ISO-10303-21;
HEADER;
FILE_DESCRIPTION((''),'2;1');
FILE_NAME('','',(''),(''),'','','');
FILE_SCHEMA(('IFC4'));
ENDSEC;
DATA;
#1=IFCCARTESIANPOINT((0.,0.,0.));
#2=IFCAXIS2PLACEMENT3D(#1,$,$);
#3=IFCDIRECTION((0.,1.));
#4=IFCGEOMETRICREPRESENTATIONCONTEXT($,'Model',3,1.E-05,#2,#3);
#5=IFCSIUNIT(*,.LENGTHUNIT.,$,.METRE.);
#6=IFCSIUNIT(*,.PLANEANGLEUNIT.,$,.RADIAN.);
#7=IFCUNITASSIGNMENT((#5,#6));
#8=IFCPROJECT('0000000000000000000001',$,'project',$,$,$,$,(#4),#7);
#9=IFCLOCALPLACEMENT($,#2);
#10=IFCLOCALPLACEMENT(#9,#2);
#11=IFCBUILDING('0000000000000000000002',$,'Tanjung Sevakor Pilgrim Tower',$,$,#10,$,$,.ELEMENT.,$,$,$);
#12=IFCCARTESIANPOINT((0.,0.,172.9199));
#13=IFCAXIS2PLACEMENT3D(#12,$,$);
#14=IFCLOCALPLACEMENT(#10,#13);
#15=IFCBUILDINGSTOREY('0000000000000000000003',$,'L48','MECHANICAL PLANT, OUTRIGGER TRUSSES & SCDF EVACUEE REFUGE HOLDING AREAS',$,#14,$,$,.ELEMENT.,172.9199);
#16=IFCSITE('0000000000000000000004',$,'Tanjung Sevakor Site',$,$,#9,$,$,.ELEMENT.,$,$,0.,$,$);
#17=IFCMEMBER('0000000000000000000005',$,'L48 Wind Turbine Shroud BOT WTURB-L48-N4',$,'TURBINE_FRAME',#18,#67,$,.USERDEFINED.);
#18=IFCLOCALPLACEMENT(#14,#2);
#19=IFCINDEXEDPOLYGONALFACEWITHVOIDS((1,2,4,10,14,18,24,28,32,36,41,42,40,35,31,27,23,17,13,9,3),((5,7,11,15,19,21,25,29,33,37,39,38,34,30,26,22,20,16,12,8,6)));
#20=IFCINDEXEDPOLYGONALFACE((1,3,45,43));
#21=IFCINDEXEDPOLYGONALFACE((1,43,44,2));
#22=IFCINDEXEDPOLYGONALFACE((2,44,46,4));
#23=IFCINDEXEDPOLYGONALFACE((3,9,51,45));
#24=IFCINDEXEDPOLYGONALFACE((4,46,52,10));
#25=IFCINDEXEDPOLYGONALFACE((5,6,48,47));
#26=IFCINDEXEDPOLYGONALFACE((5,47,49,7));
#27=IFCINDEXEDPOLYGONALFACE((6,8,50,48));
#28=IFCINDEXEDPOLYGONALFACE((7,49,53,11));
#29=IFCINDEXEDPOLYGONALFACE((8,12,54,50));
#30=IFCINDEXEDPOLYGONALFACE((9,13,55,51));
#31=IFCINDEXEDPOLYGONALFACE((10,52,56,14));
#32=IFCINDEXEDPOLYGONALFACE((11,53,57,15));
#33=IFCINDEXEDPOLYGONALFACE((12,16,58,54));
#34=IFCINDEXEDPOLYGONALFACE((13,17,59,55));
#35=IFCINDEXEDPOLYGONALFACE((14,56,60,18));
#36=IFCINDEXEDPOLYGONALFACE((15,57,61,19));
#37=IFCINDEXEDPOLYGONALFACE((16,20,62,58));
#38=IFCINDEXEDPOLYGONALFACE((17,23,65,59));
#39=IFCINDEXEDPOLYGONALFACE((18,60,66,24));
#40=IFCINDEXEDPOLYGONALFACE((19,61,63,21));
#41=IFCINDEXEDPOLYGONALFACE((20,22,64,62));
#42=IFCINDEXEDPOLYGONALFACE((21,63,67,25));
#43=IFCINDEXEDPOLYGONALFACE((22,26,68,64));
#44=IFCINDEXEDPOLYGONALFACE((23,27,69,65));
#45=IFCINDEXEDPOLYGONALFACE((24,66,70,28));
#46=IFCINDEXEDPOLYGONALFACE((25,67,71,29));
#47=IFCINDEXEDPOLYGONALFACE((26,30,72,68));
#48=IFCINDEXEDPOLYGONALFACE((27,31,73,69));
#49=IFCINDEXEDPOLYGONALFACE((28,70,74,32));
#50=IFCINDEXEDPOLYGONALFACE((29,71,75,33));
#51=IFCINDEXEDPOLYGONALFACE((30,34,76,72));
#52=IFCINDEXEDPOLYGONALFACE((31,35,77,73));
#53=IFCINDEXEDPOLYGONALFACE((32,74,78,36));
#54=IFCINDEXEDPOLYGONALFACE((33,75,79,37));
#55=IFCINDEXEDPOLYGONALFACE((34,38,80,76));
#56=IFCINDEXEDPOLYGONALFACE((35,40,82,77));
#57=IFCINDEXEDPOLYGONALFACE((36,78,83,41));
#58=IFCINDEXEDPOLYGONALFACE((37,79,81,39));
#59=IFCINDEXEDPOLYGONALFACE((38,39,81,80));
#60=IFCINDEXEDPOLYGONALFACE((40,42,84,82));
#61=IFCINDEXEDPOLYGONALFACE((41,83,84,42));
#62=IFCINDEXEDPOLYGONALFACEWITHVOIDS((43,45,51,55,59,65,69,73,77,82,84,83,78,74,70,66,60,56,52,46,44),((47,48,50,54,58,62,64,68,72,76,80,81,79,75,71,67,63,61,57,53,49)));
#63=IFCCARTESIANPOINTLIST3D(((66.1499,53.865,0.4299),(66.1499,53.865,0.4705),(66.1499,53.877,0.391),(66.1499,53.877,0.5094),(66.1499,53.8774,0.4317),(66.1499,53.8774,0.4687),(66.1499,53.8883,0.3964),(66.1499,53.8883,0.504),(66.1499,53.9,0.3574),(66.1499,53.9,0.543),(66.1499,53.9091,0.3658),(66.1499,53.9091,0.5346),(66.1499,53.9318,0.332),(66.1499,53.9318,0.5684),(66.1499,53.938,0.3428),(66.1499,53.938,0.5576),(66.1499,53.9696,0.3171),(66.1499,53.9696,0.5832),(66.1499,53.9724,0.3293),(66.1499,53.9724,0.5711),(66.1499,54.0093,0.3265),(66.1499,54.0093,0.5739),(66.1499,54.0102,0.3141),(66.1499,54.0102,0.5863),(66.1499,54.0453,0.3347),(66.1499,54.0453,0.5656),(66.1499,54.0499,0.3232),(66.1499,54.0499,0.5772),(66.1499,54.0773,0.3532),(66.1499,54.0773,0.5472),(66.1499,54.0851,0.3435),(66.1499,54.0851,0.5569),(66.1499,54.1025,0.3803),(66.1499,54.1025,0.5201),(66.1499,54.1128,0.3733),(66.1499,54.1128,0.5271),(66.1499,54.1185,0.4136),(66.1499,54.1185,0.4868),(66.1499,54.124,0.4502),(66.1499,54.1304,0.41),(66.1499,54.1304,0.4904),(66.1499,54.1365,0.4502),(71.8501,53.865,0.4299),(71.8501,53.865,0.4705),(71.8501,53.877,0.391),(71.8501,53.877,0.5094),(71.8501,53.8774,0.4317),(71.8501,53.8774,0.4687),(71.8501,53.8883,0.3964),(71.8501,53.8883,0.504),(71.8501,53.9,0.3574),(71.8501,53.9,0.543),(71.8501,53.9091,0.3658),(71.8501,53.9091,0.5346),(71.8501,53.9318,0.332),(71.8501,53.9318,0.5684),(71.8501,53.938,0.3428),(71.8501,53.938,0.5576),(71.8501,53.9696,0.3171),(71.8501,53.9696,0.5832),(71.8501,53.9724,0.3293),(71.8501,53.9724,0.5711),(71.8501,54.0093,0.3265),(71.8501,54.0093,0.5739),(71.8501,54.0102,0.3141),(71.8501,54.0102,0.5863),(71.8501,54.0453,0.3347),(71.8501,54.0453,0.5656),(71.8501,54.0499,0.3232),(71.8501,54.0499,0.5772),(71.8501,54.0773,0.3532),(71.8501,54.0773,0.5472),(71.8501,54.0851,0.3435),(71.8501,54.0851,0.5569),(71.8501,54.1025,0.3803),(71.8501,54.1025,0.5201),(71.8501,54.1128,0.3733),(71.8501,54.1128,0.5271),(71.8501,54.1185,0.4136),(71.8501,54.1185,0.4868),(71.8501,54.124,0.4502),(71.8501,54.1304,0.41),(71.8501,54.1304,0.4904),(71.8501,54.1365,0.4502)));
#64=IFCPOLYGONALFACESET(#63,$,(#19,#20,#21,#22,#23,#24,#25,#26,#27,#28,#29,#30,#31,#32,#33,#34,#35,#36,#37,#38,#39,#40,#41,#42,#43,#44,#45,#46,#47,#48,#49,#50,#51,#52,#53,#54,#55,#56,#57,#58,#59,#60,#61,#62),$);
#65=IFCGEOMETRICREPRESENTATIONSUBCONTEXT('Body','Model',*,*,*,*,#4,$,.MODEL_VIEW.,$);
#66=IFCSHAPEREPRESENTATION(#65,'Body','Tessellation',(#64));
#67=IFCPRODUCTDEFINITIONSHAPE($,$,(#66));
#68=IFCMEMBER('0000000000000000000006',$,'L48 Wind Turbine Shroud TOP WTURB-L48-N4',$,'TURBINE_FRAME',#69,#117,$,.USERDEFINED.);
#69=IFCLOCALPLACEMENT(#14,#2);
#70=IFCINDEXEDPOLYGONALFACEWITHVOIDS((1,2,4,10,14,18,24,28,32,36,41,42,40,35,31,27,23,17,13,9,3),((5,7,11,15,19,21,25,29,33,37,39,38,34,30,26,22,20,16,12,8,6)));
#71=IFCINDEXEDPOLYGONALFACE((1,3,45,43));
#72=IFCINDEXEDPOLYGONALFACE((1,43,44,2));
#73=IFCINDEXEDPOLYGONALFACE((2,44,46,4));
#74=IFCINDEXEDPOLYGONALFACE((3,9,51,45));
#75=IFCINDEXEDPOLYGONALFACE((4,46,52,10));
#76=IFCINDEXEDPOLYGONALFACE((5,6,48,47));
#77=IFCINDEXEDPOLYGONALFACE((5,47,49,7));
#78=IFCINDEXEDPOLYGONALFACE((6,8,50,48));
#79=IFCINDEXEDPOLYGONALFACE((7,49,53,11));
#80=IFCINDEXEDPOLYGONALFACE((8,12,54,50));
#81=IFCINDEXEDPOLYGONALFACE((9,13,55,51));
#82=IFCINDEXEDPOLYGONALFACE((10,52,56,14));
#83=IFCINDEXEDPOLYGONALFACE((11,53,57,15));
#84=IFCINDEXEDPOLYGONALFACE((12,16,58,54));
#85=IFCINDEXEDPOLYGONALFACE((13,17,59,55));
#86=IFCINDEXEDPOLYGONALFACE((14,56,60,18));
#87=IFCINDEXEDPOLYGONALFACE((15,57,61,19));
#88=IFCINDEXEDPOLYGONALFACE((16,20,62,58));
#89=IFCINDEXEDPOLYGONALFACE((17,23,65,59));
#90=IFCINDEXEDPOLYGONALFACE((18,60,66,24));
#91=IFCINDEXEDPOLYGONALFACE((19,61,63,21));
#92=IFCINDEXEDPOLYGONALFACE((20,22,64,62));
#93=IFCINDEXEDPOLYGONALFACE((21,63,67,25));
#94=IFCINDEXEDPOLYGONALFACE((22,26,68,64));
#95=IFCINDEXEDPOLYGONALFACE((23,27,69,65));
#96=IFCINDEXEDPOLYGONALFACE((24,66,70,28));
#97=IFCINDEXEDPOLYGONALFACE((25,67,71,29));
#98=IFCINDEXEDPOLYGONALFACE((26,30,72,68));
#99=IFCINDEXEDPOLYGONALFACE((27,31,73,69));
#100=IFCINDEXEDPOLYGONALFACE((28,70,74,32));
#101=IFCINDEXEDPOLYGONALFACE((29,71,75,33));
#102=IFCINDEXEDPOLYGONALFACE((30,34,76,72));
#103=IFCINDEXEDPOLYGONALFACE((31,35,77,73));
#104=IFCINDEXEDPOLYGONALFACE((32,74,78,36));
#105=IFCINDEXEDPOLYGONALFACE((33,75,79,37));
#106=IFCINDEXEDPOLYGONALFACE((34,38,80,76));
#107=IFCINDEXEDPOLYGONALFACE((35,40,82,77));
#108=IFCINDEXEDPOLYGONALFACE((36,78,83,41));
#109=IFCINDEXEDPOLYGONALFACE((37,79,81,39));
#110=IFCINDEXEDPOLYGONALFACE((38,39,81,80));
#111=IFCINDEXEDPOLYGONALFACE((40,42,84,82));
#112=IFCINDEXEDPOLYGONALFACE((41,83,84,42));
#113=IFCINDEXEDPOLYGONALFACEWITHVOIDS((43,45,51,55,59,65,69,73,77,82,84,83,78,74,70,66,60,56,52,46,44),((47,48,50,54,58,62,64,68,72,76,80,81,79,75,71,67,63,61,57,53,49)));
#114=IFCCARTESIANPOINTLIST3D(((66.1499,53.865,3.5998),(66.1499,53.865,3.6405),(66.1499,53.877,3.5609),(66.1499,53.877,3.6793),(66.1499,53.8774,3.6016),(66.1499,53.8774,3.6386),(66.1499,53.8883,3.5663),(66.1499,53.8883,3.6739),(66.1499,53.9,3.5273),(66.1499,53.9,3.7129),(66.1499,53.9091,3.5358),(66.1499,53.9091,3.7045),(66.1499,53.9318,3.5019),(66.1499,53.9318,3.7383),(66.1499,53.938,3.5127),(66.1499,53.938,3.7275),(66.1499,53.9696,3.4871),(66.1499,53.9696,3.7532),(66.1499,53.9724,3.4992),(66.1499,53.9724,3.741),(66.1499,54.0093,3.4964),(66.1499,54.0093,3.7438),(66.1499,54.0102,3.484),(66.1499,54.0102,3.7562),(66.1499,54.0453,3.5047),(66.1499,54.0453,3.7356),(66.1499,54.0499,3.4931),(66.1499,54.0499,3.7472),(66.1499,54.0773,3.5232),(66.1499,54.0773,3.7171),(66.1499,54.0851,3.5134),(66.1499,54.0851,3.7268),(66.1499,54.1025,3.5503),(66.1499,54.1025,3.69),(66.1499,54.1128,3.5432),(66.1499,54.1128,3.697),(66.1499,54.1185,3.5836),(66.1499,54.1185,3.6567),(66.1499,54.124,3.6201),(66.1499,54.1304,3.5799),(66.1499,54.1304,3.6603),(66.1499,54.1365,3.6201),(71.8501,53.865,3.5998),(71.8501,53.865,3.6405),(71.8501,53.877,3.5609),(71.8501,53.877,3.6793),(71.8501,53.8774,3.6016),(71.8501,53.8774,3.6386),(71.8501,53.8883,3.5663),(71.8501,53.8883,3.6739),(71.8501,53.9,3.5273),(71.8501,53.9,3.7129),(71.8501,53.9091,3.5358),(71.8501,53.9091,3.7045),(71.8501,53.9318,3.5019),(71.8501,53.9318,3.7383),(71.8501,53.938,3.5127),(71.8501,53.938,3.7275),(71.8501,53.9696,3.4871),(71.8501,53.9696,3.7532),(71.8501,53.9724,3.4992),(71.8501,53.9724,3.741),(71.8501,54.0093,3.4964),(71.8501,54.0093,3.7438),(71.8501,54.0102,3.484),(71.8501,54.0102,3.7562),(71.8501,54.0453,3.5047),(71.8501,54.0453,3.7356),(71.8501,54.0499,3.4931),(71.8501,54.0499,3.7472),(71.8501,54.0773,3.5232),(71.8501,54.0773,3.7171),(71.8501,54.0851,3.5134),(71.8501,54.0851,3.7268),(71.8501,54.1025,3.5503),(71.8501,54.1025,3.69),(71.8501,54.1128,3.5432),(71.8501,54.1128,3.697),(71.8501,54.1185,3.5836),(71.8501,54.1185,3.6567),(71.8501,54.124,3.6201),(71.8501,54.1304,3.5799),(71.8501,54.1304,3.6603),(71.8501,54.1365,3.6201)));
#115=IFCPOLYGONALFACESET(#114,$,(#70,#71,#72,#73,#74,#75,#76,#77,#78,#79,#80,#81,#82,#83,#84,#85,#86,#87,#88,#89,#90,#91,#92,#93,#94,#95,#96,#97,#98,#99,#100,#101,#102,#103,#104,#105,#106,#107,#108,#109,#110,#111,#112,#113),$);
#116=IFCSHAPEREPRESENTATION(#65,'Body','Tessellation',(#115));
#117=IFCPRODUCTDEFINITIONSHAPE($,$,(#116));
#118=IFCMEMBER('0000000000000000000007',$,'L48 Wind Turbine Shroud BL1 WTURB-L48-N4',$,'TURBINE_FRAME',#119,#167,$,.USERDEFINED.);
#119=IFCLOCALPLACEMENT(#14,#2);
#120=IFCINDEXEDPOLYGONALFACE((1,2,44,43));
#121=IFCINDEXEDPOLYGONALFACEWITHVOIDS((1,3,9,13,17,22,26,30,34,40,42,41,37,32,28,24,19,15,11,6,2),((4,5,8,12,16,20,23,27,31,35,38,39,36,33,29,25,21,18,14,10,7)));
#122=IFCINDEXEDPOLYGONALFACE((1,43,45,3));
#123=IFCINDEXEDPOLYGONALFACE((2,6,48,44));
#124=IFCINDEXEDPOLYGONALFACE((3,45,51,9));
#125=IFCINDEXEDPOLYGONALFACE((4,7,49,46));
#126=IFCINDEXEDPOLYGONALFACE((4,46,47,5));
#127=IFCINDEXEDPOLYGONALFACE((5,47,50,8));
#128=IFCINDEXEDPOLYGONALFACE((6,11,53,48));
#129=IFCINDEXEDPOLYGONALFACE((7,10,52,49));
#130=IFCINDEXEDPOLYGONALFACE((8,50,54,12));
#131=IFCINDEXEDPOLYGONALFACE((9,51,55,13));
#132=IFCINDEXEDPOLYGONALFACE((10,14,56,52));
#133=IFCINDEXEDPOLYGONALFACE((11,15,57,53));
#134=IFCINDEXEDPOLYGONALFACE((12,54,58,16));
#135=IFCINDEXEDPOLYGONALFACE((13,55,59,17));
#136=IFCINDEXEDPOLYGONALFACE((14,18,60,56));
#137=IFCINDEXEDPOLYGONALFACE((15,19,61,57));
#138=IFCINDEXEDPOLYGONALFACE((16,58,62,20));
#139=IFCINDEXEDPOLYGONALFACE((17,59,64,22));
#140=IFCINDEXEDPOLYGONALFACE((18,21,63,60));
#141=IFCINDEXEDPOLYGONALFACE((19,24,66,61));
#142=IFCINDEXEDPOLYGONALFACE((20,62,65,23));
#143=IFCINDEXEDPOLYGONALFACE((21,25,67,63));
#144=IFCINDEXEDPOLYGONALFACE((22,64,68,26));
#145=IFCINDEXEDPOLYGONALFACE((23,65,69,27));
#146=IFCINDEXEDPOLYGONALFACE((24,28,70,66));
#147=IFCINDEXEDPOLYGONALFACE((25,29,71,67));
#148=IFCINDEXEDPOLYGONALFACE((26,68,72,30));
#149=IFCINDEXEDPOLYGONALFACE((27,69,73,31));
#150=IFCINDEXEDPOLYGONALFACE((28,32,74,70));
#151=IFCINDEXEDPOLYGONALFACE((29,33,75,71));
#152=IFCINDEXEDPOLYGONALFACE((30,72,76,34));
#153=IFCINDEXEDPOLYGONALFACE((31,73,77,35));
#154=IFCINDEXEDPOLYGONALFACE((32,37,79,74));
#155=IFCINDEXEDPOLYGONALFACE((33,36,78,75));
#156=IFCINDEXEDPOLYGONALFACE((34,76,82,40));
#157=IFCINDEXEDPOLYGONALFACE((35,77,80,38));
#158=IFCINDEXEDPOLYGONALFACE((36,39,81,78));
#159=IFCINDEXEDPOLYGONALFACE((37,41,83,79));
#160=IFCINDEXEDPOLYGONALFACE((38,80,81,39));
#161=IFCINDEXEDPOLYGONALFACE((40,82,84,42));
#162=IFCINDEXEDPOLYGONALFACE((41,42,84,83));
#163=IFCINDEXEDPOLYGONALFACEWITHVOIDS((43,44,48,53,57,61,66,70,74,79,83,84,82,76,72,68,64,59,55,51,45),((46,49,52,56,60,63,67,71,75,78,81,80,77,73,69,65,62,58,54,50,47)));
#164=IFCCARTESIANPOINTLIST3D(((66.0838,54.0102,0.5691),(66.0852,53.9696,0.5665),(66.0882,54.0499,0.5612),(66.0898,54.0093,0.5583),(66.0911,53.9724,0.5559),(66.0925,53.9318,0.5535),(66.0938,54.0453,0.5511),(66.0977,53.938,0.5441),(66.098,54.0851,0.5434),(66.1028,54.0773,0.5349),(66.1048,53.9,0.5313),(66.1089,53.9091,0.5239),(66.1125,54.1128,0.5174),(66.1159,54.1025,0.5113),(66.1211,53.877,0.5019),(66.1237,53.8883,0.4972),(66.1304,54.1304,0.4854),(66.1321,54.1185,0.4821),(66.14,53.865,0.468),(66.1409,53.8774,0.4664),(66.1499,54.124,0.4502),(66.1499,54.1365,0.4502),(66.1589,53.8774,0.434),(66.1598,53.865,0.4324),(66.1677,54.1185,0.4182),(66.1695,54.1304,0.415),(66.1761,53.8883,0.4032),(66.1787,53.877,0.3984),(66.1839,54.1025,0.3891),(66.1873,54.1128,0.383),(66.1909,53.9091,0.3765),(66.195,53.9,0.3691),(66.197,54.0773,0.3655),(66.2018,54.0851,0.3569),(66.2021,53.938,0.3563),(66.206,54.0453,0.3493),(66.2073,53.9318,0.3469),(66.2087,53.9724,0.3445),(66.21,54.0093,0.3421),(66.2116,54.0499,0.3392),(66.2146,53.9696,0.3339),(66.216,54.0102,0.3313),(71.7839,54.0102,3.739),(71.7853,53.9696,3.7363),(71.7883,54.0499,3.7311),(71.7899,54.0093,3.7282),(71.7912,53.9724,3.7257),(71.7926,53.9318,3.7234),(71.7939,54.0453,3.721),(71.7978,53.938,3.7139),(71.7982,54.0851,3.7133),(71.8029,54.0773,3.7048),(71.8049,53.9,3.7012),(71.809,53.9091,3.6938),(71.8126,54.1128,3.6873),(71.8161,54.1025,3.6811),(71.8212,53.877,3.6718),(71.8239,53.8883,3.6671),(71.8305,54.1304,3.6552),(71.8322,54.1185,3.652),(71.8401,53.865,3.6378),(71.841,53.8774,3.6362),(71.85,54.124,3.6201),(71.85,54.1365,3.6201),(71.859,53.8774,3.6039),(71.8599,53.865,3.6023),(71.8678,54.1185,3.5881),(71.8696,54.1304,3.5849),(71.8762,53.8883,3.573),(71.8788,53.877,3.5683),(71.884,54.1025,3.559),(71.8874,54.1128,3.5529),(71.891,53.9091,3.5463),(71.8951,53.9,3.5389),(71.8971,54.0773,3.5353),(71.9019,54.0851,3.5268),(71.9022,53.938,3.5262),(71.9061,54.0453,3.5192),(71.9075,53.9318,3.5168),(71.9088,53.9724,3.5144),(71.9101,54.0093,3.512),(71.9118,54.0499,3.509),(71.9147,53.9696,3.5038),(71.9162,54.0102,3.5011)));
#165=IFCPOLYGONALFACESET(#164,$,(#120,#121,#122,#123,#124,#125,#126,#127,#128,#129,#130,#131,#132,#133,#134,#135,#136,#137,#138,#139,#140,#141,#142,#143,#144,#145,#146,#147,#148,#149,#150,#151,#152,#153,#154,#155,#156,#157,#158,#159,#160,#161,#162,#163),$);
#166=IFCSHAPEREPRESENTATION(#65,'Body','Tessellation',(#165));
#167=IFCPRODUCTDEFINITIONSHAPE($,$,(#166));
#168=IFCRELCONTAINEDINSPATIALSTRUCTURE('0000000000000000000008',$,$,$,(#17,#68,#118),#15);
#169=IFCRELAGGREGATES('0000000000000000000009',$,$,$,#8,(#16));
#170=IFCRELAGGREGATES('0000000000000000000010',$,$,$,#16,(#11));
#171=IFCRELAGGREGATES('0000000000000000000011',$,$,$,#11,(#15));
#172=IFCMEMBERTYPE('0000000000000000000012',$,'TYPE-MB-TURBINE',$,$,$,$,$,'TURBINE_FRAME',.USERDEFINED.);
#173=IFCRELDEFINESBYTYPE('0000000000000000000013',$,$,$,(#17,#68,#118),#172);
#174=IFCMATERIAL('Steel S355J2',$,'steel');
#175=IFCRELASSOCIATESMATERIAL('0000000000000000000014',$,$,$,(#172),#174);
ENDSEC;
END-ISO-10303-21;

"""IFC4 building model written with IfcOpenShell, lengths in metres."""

from ifc_helpers import new_model, si_unit, direction, frame, origin, origin_2d, place, context, subcontext, project, spatial, hollow_circle, extrude, material, material_profile, profile_set, type_object, element, save


model = new_model("IFC4")

# Units and contexts
model_context = context("Model", 3, precision=1e-05, world=origin(), true_north=direction((0.0, 1.0)))
body_context = subcontext(model_context, "Body", "Model", "MODEL_VIEW")
ifc_project = project(units=[si_unit("LENGTHUNIT", "METRE"), si_unit("PLANEANGLEUNIT", "RADIAN")], contexts=[model_context])

# Site, building, storey
site_placement = place(None, origin())
site = spatial("IfcSite", under=ifc_project, at=site_placement, Name="Tanjung Sevakor Site", CompositionType="ELEMENT", RefElevation=0.0)
building_placement = place(site_placement, origin())
building = spatial("IfcBuilding", under=site, at=building_placement, Name="Tanjung Sevakor Pilgrim Tower", CompositionType="ELEMENT")
storey_placement = place(building_placement, frame((0.0, 0.0, 172.9199)))
storey = spatial("IfcBuildingStorey", under=building, at=storey_placement, Name="L48", Description="MECHANICAL PLANT, OUTRIGGER TRUSSES & SCDF EVACUEE REFUGE HOLDING AREAS", CompositionType="ELEMENT", Elevation=172.9199)

# Members
ifc_material_1 = material(Name="Steel S355J2", Category="steel")
ifc_material_profile_1 = material_profile(ifc_material_1, hollow_circle(Radius=0.1365, WallThickness=0.0125, at=origin_2d()))
ifc_profile_set_1 = profile_set([ifc_material_profile_1], Name="Steel S355J2")
member_type_1 = type_object("IfcMemberType", Name="TYPE-MB-TURBINE", ElementType="TURBINE_FRAME", PredefinedType="USERDEFINED", material=ifc_profile_set_1)
for number, where, z_axis, x_axis, name in (
    (1, (66.1499, 54.0, 0.4502), (1.0, 0.0, 0.0), (0.0, 1.0, 0.0), "L48 Wind Turbine Shroud BOT WTURB-L48-N4"),
    (2, (66.1499, 54.0, 3.6201), (1.0, 0.0, 0.0), (0.0, 1.0, 0.0), "L48 Wind Turbine Shroud TOP WTURB-L48-N4"),
):
    element("IfcMember", number, at=place(storey_placement, frame(where, z_axis=z_axis, x_axis=x_axis)), inside=storey, type_object=member_type_1, Name=name, ObjectType="TURBINE_FRAME", PredefinedType="USERDEFINED", context=body_context, shape_type="SweptSolid", body=[
        extrude(hollow_circle(Radius=0.1365, WallThickness=0.0125, at=origin_2d()), origin(), (0.0, 0.0, 1.0), 5.7002),
    ])
for number, where, z_axis, x_axis, name in (
    (3, (66.1499, 54.0, 0.4502), (0.873952, 0.0, 0.486012), (0.0, 1.0, 0.0), "L48 Wind Turbine Shroud BL1 WTURB-L48-N4"),
):
    element("IfcMember", number, at=place(storey_placement, frame(where, z_axis=z_axis, x_axis=x_axis)), inside=storey, type_object=member_type_1, Name=name, ObjectType="TURBINE_FRAME", PredefinedType="USERDEFINED", context=body_context, shape_type="SweptSolid", body=[
        extrude(hollow_circle(Radius=0.1365, WallThickness=0.0125, at=origin_2d()), origin(), (0.0, 0.0, 1.0), 6.5222),
    ])

save(model, "model.ifc")
